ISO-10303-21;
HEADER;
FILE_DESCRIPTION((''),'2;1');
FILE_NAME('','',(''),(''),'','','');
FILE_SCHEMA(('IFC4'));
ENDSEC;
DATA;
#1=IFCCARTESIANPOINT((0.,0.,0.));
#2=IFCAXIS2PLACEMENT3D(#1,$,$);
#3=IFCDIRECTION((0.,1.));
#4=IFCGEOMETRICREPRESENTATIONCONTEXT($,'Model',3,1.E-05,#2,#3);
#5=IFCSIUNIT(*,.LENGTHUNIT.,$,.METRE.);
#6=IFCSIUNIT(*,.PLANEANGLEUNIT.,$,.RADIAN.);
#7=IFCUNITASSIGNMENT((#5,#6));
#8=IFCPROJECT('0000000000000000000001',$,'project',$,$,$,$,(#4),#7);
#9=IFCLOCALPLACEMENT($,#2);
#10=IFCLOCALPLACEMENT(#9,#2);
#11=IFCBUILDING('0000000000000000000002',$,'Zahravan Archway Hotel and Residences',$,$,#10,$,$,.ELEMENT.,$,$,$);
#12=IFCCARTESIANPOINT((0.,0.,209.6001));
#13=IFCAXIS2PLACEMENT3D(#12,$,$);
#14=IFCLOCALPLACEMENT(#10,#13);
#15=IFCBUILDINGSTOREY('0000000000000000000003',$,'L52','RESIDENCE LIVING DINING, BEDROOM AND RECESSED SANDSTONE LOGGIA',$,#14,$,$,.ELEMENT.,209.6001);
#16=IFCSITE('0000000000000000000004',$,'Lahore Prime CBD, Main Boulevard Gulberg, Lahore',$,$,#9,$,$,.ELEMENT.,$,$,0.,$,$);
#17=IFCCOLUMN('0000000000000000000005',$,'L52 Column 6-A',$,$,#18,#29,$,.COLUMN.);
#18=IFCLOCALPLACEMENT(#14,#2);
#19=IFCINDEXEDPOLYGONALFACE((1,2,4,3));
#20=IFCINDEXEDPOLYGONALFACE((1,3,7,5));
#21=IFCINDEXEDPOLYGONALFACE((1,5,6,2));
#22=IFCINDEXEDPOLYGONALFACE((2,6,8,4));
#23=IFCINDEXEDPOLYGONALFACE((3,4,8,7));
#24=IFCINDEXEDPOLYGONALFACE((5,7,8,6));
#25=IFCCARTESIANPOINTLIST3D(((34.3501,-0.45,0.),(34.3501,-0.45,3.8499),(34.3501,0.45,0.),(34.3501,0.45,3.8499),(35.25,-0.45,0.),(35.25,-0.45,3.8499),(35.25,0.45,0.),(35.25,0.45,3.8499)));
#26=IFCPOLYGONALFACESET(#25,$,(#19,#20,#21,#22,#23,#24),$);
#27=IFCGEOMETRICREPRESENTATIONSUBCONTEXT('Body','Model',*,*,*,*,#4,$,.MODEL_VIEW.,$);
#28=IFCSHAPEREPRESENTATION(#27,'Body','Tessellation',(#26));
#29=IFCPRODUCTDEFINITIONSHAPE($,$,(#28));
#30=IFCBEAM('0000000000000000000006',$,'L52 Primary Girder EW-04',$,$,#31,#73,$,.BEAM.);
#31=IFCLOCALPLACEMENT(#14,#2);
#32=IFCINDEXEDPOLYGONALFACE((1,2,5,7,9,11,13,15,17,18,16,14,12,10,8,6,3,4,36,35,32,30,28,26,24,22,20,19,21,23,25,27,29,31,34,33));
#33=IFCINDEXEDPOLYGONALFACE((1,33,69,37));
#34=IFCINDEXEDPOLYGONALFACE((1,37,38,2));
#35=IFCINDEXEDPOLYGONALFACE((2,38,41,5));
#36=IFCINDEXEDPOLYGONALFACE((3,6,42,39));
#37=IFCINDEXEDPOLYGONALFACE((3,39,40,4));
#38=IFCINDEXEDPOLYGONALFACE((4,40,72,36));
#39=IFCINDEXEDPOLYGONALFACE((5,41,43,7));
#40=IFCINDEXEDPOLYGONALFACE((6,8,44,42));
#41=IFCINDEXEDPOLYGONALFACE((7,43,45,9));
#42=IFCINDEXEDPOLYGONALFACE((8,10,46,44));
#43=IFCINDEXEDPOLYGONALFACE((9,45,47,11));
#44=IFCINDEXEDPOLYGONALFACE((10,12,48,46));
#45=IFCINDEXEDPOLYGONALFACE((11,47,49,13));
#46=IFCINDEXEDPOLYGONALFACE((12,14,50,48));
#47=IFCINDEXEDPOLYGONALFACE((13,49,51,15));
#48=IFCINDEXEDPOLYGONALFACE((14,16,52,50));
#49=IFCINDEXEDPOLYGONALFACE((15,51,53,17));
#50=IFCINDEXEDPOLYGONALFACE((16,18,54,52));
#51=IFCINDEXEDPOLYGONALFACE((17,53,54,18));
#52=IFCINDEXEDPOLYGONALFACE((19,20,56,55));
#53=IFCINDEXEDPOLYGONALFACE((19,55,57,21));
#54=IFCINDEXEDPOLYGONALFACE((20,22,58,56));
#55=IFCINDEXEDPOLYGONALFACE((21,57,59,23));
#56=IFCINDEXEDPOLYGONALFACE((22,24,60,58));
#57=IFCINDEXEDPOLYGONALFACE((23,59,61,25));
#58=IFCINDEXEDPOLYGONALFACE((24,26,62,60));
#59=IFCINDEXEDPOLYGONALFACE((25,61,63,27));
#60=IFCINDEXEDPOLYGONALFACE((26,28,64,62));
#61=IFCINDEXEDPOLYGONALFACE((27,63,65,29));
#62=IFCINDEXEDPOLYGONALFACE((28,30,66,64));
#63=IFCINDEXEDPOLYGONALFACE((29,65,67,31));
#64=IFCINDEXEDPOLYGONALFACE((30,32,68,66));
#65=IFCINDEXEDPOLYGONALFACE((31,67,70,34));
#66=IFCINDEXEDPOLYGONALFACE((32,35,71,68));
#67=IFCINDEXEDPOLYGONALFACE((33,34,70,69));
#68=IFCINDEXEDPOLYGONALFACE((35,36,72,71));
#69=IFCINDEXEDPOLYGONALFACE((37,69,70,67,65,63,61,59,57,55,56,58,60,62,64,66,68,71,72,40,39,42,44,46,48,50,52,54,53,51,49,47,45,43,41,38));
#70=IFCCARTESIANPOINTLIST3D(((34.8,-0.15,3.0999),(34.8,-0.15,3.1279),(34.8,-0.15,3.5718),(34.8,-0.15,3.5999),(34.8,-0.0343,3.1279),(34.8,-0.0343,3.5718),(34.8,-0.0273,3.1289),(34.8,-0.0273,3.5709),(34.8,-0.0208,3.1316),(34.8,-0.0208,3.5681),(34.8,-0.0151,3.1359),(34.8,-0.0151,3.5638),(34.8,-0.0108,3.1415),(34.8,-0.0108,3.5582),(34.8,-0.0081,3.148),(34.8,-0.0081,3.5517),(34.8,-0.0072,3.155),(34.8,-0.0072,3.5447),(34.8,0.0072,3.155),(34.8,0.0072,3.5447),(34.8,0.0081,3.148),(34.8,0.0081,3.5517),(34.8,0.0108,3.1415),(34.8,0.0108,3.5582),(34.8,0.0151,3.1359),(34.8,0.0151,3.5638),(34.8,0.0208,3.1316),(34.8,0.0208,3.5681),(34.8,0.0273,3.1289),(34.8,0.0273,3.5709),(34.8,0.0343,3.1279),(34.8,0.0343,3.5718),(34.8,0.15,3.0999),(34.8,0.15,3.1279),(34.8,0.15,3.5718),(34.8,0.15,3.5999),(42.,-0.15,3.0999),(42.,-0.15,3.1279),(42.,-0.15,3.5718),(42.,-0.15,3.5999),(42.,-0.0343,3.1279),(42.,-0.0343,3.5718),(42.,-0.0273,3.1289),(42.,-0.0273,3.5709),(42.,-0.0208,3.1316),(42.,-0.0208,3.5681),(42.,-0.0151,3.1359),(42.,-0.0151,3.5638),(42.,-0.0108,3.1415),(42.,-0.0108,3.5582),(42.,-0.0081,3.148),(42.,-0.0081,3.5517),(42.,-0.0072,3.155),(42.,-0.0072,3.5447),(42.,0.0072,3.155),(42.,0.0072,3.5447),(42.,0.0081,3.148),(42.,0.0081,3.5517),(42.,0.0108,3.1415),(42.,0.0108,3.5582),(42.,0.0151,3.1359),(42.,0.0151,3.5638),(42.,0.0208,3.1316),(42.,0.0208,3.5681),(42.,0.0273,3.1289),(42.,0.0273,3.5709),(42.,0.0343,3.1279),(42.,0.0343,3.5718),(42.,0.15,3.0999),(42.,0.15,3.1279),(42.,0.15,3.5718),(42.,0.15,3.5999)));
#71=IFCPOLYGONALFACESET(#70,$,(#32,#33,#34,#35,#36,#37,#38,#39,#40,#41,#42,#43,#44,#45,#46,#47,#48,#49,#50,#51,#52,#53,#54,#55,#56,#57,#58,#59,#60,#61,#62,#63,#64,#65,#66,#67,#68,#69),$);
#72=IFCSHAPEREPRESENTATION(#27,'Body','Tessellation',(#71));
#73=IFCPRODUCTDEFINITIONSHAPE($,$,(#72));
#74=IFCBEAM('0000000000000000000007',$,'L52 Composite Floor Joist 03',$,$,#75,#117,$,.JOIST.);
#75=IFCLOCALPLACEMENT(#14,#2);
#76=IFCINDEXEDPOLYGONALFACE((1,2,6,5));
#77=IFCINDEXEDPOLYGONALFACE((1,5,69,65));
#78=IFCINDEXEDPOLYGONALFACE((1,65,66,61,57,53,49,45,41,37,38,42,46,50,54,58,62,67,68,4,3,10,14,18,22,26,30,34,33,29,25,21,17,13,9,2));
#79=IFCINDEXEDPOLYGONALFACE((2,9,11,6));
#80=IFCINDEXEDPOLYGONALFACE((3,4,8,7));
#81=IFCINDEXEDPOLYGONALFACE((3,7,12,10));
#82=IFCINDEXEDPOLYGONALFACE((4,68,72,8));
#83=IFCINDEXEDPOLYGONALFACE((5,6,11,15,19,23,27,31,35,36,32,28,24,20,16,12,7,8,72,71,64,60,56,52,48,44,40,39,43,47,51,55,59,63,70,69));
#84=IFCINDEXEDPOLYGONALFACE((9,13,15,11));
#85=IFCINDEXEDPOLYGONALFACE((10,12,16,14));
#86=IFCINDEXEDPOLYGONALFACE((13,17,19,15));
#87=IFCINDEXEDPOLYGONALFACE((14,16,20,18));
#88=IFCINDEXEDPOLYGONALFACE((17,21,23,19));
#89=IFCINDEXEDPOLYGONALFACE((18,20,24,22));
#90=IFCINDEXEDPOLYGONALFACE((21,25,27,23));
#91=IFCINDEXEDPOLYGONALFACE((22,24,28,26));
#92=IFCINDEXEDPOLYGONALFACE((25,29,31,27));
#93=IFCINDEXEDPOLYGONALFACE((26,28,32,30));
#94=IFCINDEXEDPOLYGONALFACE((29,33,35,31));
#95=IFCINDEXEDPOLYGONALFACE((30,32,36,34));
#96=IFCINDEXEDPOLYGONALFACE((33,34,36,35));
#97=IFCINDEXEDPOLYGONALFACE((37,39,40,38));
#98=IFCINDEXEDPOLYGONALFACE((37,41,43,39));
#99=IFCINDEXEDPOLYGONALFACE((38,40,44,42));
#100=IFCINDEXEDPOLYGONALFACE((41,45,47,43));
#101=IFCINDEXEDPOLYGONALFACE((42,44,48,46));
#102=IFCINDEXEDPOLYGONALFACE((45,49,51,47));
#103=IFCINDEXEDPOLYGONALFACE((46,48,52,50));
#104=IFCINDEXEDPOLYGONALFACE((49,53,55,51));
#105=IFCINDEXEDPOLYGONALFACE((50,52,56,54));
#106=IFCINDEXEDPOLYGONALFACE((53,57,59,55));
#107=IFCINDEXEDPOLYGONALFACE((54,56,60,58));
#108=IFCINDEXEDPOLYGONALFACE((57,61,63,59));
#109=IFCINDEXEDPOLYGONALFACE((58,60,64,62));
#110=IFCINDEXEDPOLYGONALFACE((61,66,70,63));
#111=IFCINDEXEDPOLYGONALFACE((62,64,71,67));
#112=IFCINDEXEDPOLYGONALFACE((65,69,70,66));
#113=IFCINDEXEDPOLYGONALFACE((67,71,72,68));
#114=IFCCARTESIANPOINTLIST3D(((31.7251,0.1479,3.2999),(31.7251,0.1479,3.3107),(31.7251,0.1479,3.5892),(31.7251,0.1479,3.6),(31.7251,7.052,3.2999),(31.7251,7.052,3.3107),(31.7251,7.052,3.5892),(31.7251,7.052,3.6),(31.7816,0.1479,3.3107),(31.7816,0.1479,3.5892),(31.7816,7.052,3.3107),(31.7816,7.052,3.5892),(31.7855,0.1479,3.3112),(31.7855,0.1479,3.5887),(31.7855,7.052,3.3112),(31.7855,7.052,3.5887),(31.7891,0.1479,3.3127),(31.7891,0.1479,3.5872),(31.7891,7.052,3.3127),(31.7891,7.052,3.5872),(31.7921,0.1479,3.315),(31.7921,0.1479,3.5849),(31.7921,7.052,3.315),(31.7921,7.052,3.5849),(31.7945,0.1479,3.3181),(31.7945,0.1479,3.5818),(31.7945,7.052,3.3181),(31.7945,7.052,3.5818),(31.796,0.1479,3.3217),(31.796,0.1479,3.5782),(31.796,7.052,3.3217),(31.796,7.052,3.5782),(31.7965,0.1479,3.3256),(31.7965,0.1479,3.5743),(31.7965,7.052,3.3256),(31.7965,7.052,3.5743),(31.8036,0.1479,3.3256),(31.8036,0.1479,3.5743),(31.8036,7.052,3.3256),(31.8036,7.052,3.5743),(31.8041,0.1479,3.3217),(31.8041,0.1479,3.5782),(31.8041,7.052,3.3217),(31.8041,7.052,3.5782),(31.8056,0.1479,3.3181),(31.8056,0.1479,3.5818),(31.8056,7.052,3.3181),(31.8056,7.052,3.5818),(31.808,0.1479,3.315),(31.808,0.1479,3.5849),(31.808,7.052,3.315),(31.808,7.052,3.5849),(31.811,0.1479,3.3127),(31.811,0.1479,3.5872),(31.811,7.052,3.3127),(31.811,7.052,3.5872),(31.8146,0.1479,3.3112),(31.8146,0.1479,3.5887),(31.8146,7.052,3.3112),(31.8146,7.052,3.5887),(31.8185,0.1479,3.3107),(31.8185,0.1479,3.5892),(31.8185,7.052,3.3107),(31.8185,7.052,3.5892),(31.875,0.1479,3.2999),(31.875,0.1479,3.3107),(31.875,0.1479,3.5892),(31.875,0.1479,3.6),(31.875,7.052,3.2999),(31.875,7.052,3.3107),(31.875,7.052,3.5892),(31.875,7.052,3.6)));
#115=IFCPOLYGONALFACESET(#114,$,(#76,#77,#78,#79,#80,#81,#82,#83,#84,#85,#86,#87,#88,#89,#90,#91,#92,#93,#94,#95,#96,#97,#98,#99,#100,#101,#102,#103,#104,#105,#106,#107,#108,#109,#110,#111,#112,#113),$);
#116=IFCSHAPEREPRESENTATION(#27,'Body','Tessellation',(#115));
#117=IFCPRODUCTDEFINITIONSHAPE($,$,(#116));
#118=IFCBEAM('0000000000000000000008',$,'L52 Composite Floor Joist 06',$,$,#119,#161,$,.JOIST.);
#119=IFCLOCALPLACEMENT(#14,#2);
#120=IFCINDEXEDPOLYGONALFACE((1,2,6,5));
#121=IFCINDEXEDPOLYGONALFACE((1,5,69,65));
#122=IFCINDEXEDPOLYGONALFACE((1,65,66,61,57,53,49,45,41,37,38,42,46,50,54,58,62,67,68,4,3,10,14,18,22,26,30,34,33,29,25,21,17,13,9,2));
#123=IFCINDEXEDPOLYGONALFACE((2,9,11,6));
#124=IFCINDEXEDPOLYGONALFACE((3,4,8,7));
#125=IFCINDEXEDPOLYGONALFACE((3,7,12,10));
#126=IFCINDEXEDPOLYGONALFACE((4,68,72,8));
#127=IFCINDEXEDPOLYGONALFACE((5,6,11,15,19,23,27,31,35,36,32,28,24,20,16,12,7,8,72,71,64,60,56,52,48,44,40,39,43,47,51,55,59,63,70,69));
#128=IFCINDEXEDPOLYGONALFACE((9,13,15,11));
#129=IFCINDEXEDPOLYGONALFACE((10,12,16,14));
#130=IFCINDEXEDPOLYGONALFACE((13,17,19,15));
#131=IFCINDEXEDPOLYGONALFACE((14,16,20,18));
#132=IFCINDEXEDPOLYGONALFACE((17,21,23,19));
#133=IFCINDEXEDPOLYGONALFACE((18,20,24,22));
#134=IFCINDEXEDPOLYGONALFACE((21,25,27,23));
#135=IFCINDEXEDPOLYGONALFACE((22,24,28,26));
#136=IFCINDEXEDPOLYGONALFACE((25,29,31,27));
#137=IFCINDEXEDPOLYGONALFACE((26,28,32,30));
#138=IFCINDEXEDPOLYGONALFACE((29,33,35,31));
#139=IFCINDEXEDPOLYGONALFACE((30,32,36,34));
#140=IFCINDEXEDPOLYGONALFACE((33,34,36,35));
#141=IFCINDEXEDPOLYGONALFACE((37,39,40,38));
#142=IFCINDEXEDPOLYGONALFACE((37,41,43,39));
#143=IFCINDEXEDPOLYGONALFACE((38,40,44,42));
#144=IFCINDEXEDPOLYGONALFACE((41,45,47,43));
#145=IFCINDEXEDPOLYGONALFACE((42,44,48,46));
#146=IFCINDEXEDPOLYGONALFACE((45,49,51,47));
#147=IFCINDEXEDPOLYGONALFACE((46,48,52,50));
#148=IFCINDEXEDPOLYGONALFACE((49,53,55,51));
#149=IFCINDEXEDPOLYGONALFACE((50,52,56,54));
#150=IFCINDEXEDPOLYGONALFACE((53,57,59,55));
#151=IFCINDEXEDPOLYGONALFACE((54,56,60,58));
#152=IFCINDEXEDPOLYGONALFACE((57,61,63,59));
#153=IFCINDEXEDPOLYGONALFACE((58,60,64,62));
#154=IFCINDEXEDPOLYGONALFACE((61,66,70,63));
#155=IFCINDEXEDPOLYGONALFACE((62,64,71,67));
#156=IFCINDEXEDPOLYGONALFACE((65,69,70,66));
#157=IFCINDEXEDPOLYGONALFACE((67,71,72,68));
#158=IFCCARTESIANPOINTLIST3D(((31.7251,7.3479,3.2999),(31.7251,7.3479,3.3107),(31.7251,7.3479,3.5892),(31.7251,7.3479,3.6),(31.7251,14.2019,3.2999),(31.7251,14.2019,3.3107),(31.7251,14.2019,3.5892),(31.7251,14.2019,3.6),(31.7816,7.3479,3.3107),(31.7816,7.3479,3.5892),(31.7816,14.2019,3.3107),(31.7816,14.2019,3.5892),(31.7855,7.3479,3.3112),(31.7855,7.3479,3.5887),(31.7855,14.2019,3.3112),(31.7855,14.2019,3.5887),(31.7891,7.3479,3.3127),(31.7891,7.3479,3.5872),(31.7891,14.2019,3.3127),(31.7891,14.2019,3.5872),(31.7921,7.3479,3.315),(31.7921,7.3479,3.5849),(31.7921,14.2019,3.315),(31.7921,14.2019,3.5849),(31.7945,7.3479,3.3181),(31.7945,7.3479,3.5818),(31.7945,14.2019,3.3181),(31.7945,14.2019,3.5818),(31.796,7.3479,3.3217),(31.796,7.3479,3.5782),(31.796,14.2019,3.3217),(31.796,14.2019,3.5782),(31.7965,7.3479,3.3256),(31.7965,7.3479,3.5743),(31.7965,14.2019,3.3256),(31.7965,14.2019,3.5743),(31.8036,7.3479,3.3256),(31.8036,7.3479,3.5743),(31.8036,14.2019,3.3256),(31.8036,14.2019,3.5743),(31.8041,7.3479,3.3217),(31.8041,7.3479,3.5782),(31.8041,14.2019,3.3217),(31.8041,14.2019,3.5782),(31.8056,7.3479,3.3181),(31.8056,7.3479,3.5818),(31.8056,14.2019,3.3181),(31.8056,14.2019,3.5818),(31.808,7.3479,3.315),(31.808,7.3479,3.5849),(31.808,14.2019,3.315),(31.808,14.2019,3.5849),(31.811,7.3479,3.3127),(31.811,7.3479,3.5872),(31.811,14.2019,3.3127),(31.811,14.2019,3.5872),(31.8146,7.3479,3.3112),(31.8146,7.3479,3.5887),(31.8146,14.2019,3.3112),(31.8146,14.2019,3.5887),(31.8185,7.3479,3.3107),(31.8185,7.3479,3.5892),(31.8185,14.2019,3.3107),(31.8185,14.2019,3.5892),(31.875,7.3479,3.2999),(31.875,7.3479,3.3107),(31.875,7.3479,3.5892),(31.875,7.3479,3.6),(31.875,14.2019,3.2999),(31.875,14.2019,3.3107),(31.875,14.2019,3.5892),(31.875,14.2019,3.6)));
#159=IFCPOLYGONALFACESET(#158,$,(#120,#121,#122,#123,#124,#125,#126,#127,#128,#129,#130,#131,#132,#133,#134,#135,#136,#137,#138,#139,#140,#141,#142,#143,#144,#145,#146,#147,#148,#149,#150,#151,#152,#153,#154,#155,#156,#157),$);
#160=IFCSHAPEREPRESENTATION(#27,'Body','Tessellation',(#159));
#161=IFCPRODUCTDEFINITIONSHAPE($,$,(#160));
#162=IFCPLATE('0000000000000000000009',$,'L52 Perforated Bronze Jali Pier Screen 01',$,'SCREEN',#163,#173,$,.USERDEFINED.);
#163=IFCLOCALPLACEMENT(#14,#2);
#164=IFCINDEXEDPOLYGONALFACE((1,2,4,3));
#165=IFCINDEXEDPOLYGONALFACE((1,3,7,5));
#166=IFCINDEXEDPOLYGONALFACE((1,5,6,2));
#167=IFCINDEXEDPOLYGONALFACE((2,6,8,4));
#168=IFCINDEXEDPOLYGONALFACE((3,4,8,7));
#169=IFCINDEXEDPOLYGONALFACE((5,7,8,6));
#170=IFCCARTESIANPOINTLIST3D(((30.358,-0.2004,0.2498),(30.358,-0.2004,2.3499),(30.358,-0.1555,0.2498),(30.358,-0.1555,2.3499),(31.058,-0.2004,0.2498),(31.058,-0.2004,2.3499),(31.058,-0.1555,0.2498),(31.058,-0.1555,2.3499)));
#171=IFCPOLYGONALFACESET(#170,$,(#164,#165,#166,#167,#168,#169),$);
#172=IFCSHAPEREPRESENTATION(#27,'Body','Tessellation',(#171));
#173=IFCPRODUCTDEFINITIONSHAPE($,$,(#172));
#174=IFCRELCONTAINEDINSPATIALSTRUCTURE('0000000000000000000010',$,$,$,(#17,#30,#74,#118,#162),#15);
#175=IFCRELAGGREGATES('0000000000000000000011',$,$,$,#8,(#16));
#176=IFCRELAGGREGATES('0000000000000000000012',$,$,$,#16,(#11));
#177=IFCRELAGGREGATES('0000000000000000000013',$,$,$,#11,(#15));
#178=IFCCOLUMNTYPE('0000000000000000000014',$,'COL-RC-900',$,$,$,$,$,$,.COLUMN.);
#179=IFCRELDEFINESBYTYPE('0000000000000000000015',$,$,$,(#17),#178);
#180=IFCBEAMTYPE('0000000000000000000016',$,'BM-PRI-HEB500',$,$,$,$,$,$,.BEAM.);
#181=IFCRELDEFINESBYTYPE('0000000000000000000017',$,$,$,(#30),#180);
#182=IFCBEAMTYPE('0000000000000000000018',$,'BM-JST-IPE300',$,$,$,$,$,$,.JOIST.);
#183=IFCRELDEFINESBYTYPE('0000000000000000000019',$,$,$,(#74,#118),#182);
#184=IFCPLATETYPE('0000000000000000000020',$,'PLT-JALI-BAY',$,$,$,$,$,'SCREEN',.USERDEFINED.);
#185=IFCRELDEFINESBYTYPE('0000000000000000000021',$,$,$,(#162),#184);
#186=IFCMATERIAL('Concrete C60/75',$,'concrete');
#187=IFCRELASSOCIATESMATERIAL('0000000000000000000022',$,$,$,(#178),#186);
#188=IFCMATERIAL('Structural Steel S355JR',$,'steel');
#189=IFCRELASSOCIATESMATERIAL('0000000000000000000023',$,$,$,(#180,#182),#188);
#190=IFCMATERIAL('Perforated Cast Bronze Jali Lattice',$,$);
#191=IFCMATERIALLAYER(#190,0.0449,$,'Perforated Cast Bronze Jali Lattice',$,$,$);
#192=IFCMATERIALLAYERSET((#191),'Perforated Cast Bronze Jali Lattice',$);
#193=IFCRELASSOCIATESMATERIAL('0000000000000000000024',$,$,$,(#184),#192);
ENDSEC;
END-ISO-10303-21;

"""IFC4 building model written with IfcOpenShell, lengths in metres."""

from ifc_helpers import new_model, si_unit, direction, frame, origin, origin_2d, place, context, subcontext, project, spatial, rectangle, i_section, extrude, source, transform, mapped, material, layer, layer_set, material_profile, profile_set, type_object, type_shapes, element, save


model = new_model("IFC4")

# Units and contexts
model_context = context("Model", 3, precision=1e-05, world=origin(), true_north=direction((0.0, 1.0)))
body_context = subcontext(model_context, "Body", "Model", "MODEL_VIEW")
ifc_project = project(units=[si_unit("LENGTHUNIT", "METRE"), si_unit("PLANEANGLEUNIT", "RADIAN")], contexts=[model_context])

# Site, building, storey
site_placement = place(None, origin())
site = spatial("IfcSite", under=ifc_project, at=site_placement, Name="Lahore Prime CBD, Main Boulevard Gulberg, Lahore", CompositionType="ELEMENT", RefElevation=0.0)
building_placement = place(site_placement, origin())
building = spatial("IfcBuilding", under=site, at=building_placement, Name="Zahravan Archway Hotel and Residences", CompositionType="ELEMENT")
storey_placement = place(building_placement, frame((0.0, 0.0, 209.6001)))
storey = spatial("IfcBuildingStorey", under=building, at=storey_placement, Name="L52", Description="RESIDENCE LIVING DINING, BEDROOM AND RECESSED SANDSTONE LOGGIA", CompositionType="ELEMENT", Elevation=209.6001)

# Column
ifc_material_1 = material(Name="Concrete C60/75", Category="concrete")
ifc_material_profile_1 = material_profile(ifc_material_1, rectangle(XDim=0.8999, YDim=0.8999, at=origin_2d()), Name="RC-COL-900x900", Category="concrete")
ifc_profile_set_1 = profile_set([ifc_material_profile_1], Name="Concrete C60/75")
column_type = type_object("IfcColumnType", Name="COL-RC-900", PredefinedType="COLUMN", material=ifc_profile_set_1)
shared_shape_1 = source(origin(), body_context, "Body", "SweptSolid", [
    extrude(rectangle(XDim=0.8999, YDim=0.8999, at=origin_2d()), origin(), (0.0, 0.0, 1.0), 3.8499),
])
column_placement = place(storey_placement, frame((34.8, 0.0, 0.0), z_axis=(0.0, 0.0, 1.0), x_axis=(1.0, 0.0, 0.0)))
element("IfcColumn", 1, at=column_placement, inside=storey, type_object=column_type, Name="L52 Column 6-A", PredefinedType="COLUMN", context=body_context, shape_type="MappedRepresentation", body=[
    mapped(shared_shape_1, transform((0.0, 0.0, 0.0), scale=1.0)),
])

# Beams
ifc_material_2 = material(Name="Structural Steel S355JR", Category="steel")
ifc_material_profile_2 = material_profile(ifc_material_2, i_section(OverallWidth=0.3, OverallDepth=0.5, WebThickness=0.0144, FlangeThickness=0.0281, FilletRadius=0.0271, at=origin_2d()), Name="HEB 500", Category="steel")
ifc_profile_set_2 = profile_set([ifc_material_profile_2], Name="Structural Steel S355JR")
beam_type_1 = type_object("IfcBeamType", Name="BM-PRI-HEB500", PredefinedType="BEAM", material=ifc_profile_set_2)
shared_shape_2 = source(origin(), body_context, "Body", "SweptSolid", [
    extrude(i_section(OverallWidth=0.3, OverallDepth=0.5, WebThickness=0.0144, FlangeThickness=0.0281, FilletRadius=0.0271, at=origin_2d()), origin(), (0.0, 0.0, 1.0), 7.2),
])
beam_1_placement = place(storey_placement, frame((34.8, 0.0, 3.3499), z_axis=(1.0, 0.0, 0.0), x_axis=(0.0, 1.0, 0.0)))
element("IfcBeam", 2, at=beam_1_placement, inside=storey, type_object=beam_type_1, Name="L52 Primary Girder EW-04", PredefinedType="BEAM", context=body_context, shape_type="MappedRepresentation", body=[
    mapped(shared_shape_2, transform((0.0, 0.0, 0.0), scale=1.0)),
])
ifc_material_profile_3 = material_profile(ifc_material_2, i_section(OverallWidth=0.1499, OverallDepth=0.3, WebThickness=0.0071, FlangeThickness=0.0107, FilletRadius=0.0149, at=origin_2d()), Name="IPE 300", Category="steel")
ifc_profile_set_3 = profile_set([ifc_material_profile_3], Name="Structural Steel S355JR")
beam_type_2 = type_object("IfcBeamType", Name="BM-JST-IPE300", PredefinedType="JOIST", material=ifc_profile_set_3)
shared_shape_3 = source(origin(), body_context, "Body", "SweptSolid", [
    extrude(i_section(OverallWidth=0.1499, OverallDepth=0.3, WebThickness=0.0071, FlangeThickness=0.0107, FilletRadius=0.0149, at=origin_2d()), origin(), (0.0, 0.0, 1.0), 6.9041),
])
type_shapes(beam_type_2, [shared_shape_3])
beam_2_placement = place(storey_placement, frame((31.8, 0.1479, 3.45), z_axis=(0.0, 1.0, 0.0), x_axis=(-1.0, 0.0, 0.0)))
element("IfcBeam", 3, at=beam_2_placement, inside=storey, type_object=beam_type_2, Name="L52 Composite Floor Joist 03", PredefinedType="JOIST", context=body_context, shape_type="MappedRepresentation", body=[
    mapped(shared_shape_3, transform((0.0, 0.0, 0.0), scale=1.0)),
])
shared_shape_4 = source(origin(), body_context, "Body", "SweptSolid", [
    extrude(i_section(OverallWidth=0.1499, OverallDepth=0.3, WebThickness=0.0071, FlangeThickness=0.0107, FilletRadius=0.0149, at=origin_2d()), origin(), (0.0, 0.0, 1.0), 6.854),
])
beam_3_placement = place(storey_placement, frame((31.8, 7.3479, 3.45), z_axis=(0.0, 1.0, 0.0), x_axis=(-1.0, 0.0, 0.0)))
element("IfcBeam", 4, at=beam_3_placement, inside=storey, type_object=beam_type_2, Name="L52 Composite Floor Joist 06", PredefinedType="JOIST", context=body_context, shape_type="MappedRepresentation", body=[
    mapped(shared_shape_4, transform((0.0, 0.0, 0.0), scale=1.0)),
])

# Plate
ifc_material_3 = material(Name="Perforated Cast Bronze Jali Lattice")
ifc_layer_1 = layer(ifc_material_3, 0.0449, Name="Perforated Cast Bronze Jali Lattice")
ifc_layer_set_1 = layer_set([ifc_layer_1], Name="Perforated Cast Bronze Jali Lattice")
plate_type = type_object("IfcPlateType", Name="PLT-JALI-BAY", ElementType="SCREEN", PredefinedType="USERDEFINED", material=ifc_layer_set_1)
shared_shape_5 = source(origin(), body_context, "Body", "SweptSolid", [
    extrude(rectangle(XDim=0.7, YDim=0.0449, at=origin_2d()), origin(), (0.0, 0.0, 1.0), 2.1001),
])
type_shapes(plate_type, [shared_shape_5])
plate_placement = place(storey_placement, frame((30.708, -0.178, 0.2498), z_axis=(0.0, 0.0, 1.0), x_axis=(1.0, 0.0, 0.0)))
element("IfcPlate", 5, at=plate_placement, inside=storey, type_object=plate_type, Name="L52 Perforated Bronze Jali Pier Screen 01", ObjectType="SCREEN", PredefinedType="USERDEFINED", context=body_context, shape_type="MappedRepresentation", body=[
    mapped(shared_shape_5, transform((0.0, 0.0, 0.0), scale=1.0)),
])

save(model, "model.ifc")
